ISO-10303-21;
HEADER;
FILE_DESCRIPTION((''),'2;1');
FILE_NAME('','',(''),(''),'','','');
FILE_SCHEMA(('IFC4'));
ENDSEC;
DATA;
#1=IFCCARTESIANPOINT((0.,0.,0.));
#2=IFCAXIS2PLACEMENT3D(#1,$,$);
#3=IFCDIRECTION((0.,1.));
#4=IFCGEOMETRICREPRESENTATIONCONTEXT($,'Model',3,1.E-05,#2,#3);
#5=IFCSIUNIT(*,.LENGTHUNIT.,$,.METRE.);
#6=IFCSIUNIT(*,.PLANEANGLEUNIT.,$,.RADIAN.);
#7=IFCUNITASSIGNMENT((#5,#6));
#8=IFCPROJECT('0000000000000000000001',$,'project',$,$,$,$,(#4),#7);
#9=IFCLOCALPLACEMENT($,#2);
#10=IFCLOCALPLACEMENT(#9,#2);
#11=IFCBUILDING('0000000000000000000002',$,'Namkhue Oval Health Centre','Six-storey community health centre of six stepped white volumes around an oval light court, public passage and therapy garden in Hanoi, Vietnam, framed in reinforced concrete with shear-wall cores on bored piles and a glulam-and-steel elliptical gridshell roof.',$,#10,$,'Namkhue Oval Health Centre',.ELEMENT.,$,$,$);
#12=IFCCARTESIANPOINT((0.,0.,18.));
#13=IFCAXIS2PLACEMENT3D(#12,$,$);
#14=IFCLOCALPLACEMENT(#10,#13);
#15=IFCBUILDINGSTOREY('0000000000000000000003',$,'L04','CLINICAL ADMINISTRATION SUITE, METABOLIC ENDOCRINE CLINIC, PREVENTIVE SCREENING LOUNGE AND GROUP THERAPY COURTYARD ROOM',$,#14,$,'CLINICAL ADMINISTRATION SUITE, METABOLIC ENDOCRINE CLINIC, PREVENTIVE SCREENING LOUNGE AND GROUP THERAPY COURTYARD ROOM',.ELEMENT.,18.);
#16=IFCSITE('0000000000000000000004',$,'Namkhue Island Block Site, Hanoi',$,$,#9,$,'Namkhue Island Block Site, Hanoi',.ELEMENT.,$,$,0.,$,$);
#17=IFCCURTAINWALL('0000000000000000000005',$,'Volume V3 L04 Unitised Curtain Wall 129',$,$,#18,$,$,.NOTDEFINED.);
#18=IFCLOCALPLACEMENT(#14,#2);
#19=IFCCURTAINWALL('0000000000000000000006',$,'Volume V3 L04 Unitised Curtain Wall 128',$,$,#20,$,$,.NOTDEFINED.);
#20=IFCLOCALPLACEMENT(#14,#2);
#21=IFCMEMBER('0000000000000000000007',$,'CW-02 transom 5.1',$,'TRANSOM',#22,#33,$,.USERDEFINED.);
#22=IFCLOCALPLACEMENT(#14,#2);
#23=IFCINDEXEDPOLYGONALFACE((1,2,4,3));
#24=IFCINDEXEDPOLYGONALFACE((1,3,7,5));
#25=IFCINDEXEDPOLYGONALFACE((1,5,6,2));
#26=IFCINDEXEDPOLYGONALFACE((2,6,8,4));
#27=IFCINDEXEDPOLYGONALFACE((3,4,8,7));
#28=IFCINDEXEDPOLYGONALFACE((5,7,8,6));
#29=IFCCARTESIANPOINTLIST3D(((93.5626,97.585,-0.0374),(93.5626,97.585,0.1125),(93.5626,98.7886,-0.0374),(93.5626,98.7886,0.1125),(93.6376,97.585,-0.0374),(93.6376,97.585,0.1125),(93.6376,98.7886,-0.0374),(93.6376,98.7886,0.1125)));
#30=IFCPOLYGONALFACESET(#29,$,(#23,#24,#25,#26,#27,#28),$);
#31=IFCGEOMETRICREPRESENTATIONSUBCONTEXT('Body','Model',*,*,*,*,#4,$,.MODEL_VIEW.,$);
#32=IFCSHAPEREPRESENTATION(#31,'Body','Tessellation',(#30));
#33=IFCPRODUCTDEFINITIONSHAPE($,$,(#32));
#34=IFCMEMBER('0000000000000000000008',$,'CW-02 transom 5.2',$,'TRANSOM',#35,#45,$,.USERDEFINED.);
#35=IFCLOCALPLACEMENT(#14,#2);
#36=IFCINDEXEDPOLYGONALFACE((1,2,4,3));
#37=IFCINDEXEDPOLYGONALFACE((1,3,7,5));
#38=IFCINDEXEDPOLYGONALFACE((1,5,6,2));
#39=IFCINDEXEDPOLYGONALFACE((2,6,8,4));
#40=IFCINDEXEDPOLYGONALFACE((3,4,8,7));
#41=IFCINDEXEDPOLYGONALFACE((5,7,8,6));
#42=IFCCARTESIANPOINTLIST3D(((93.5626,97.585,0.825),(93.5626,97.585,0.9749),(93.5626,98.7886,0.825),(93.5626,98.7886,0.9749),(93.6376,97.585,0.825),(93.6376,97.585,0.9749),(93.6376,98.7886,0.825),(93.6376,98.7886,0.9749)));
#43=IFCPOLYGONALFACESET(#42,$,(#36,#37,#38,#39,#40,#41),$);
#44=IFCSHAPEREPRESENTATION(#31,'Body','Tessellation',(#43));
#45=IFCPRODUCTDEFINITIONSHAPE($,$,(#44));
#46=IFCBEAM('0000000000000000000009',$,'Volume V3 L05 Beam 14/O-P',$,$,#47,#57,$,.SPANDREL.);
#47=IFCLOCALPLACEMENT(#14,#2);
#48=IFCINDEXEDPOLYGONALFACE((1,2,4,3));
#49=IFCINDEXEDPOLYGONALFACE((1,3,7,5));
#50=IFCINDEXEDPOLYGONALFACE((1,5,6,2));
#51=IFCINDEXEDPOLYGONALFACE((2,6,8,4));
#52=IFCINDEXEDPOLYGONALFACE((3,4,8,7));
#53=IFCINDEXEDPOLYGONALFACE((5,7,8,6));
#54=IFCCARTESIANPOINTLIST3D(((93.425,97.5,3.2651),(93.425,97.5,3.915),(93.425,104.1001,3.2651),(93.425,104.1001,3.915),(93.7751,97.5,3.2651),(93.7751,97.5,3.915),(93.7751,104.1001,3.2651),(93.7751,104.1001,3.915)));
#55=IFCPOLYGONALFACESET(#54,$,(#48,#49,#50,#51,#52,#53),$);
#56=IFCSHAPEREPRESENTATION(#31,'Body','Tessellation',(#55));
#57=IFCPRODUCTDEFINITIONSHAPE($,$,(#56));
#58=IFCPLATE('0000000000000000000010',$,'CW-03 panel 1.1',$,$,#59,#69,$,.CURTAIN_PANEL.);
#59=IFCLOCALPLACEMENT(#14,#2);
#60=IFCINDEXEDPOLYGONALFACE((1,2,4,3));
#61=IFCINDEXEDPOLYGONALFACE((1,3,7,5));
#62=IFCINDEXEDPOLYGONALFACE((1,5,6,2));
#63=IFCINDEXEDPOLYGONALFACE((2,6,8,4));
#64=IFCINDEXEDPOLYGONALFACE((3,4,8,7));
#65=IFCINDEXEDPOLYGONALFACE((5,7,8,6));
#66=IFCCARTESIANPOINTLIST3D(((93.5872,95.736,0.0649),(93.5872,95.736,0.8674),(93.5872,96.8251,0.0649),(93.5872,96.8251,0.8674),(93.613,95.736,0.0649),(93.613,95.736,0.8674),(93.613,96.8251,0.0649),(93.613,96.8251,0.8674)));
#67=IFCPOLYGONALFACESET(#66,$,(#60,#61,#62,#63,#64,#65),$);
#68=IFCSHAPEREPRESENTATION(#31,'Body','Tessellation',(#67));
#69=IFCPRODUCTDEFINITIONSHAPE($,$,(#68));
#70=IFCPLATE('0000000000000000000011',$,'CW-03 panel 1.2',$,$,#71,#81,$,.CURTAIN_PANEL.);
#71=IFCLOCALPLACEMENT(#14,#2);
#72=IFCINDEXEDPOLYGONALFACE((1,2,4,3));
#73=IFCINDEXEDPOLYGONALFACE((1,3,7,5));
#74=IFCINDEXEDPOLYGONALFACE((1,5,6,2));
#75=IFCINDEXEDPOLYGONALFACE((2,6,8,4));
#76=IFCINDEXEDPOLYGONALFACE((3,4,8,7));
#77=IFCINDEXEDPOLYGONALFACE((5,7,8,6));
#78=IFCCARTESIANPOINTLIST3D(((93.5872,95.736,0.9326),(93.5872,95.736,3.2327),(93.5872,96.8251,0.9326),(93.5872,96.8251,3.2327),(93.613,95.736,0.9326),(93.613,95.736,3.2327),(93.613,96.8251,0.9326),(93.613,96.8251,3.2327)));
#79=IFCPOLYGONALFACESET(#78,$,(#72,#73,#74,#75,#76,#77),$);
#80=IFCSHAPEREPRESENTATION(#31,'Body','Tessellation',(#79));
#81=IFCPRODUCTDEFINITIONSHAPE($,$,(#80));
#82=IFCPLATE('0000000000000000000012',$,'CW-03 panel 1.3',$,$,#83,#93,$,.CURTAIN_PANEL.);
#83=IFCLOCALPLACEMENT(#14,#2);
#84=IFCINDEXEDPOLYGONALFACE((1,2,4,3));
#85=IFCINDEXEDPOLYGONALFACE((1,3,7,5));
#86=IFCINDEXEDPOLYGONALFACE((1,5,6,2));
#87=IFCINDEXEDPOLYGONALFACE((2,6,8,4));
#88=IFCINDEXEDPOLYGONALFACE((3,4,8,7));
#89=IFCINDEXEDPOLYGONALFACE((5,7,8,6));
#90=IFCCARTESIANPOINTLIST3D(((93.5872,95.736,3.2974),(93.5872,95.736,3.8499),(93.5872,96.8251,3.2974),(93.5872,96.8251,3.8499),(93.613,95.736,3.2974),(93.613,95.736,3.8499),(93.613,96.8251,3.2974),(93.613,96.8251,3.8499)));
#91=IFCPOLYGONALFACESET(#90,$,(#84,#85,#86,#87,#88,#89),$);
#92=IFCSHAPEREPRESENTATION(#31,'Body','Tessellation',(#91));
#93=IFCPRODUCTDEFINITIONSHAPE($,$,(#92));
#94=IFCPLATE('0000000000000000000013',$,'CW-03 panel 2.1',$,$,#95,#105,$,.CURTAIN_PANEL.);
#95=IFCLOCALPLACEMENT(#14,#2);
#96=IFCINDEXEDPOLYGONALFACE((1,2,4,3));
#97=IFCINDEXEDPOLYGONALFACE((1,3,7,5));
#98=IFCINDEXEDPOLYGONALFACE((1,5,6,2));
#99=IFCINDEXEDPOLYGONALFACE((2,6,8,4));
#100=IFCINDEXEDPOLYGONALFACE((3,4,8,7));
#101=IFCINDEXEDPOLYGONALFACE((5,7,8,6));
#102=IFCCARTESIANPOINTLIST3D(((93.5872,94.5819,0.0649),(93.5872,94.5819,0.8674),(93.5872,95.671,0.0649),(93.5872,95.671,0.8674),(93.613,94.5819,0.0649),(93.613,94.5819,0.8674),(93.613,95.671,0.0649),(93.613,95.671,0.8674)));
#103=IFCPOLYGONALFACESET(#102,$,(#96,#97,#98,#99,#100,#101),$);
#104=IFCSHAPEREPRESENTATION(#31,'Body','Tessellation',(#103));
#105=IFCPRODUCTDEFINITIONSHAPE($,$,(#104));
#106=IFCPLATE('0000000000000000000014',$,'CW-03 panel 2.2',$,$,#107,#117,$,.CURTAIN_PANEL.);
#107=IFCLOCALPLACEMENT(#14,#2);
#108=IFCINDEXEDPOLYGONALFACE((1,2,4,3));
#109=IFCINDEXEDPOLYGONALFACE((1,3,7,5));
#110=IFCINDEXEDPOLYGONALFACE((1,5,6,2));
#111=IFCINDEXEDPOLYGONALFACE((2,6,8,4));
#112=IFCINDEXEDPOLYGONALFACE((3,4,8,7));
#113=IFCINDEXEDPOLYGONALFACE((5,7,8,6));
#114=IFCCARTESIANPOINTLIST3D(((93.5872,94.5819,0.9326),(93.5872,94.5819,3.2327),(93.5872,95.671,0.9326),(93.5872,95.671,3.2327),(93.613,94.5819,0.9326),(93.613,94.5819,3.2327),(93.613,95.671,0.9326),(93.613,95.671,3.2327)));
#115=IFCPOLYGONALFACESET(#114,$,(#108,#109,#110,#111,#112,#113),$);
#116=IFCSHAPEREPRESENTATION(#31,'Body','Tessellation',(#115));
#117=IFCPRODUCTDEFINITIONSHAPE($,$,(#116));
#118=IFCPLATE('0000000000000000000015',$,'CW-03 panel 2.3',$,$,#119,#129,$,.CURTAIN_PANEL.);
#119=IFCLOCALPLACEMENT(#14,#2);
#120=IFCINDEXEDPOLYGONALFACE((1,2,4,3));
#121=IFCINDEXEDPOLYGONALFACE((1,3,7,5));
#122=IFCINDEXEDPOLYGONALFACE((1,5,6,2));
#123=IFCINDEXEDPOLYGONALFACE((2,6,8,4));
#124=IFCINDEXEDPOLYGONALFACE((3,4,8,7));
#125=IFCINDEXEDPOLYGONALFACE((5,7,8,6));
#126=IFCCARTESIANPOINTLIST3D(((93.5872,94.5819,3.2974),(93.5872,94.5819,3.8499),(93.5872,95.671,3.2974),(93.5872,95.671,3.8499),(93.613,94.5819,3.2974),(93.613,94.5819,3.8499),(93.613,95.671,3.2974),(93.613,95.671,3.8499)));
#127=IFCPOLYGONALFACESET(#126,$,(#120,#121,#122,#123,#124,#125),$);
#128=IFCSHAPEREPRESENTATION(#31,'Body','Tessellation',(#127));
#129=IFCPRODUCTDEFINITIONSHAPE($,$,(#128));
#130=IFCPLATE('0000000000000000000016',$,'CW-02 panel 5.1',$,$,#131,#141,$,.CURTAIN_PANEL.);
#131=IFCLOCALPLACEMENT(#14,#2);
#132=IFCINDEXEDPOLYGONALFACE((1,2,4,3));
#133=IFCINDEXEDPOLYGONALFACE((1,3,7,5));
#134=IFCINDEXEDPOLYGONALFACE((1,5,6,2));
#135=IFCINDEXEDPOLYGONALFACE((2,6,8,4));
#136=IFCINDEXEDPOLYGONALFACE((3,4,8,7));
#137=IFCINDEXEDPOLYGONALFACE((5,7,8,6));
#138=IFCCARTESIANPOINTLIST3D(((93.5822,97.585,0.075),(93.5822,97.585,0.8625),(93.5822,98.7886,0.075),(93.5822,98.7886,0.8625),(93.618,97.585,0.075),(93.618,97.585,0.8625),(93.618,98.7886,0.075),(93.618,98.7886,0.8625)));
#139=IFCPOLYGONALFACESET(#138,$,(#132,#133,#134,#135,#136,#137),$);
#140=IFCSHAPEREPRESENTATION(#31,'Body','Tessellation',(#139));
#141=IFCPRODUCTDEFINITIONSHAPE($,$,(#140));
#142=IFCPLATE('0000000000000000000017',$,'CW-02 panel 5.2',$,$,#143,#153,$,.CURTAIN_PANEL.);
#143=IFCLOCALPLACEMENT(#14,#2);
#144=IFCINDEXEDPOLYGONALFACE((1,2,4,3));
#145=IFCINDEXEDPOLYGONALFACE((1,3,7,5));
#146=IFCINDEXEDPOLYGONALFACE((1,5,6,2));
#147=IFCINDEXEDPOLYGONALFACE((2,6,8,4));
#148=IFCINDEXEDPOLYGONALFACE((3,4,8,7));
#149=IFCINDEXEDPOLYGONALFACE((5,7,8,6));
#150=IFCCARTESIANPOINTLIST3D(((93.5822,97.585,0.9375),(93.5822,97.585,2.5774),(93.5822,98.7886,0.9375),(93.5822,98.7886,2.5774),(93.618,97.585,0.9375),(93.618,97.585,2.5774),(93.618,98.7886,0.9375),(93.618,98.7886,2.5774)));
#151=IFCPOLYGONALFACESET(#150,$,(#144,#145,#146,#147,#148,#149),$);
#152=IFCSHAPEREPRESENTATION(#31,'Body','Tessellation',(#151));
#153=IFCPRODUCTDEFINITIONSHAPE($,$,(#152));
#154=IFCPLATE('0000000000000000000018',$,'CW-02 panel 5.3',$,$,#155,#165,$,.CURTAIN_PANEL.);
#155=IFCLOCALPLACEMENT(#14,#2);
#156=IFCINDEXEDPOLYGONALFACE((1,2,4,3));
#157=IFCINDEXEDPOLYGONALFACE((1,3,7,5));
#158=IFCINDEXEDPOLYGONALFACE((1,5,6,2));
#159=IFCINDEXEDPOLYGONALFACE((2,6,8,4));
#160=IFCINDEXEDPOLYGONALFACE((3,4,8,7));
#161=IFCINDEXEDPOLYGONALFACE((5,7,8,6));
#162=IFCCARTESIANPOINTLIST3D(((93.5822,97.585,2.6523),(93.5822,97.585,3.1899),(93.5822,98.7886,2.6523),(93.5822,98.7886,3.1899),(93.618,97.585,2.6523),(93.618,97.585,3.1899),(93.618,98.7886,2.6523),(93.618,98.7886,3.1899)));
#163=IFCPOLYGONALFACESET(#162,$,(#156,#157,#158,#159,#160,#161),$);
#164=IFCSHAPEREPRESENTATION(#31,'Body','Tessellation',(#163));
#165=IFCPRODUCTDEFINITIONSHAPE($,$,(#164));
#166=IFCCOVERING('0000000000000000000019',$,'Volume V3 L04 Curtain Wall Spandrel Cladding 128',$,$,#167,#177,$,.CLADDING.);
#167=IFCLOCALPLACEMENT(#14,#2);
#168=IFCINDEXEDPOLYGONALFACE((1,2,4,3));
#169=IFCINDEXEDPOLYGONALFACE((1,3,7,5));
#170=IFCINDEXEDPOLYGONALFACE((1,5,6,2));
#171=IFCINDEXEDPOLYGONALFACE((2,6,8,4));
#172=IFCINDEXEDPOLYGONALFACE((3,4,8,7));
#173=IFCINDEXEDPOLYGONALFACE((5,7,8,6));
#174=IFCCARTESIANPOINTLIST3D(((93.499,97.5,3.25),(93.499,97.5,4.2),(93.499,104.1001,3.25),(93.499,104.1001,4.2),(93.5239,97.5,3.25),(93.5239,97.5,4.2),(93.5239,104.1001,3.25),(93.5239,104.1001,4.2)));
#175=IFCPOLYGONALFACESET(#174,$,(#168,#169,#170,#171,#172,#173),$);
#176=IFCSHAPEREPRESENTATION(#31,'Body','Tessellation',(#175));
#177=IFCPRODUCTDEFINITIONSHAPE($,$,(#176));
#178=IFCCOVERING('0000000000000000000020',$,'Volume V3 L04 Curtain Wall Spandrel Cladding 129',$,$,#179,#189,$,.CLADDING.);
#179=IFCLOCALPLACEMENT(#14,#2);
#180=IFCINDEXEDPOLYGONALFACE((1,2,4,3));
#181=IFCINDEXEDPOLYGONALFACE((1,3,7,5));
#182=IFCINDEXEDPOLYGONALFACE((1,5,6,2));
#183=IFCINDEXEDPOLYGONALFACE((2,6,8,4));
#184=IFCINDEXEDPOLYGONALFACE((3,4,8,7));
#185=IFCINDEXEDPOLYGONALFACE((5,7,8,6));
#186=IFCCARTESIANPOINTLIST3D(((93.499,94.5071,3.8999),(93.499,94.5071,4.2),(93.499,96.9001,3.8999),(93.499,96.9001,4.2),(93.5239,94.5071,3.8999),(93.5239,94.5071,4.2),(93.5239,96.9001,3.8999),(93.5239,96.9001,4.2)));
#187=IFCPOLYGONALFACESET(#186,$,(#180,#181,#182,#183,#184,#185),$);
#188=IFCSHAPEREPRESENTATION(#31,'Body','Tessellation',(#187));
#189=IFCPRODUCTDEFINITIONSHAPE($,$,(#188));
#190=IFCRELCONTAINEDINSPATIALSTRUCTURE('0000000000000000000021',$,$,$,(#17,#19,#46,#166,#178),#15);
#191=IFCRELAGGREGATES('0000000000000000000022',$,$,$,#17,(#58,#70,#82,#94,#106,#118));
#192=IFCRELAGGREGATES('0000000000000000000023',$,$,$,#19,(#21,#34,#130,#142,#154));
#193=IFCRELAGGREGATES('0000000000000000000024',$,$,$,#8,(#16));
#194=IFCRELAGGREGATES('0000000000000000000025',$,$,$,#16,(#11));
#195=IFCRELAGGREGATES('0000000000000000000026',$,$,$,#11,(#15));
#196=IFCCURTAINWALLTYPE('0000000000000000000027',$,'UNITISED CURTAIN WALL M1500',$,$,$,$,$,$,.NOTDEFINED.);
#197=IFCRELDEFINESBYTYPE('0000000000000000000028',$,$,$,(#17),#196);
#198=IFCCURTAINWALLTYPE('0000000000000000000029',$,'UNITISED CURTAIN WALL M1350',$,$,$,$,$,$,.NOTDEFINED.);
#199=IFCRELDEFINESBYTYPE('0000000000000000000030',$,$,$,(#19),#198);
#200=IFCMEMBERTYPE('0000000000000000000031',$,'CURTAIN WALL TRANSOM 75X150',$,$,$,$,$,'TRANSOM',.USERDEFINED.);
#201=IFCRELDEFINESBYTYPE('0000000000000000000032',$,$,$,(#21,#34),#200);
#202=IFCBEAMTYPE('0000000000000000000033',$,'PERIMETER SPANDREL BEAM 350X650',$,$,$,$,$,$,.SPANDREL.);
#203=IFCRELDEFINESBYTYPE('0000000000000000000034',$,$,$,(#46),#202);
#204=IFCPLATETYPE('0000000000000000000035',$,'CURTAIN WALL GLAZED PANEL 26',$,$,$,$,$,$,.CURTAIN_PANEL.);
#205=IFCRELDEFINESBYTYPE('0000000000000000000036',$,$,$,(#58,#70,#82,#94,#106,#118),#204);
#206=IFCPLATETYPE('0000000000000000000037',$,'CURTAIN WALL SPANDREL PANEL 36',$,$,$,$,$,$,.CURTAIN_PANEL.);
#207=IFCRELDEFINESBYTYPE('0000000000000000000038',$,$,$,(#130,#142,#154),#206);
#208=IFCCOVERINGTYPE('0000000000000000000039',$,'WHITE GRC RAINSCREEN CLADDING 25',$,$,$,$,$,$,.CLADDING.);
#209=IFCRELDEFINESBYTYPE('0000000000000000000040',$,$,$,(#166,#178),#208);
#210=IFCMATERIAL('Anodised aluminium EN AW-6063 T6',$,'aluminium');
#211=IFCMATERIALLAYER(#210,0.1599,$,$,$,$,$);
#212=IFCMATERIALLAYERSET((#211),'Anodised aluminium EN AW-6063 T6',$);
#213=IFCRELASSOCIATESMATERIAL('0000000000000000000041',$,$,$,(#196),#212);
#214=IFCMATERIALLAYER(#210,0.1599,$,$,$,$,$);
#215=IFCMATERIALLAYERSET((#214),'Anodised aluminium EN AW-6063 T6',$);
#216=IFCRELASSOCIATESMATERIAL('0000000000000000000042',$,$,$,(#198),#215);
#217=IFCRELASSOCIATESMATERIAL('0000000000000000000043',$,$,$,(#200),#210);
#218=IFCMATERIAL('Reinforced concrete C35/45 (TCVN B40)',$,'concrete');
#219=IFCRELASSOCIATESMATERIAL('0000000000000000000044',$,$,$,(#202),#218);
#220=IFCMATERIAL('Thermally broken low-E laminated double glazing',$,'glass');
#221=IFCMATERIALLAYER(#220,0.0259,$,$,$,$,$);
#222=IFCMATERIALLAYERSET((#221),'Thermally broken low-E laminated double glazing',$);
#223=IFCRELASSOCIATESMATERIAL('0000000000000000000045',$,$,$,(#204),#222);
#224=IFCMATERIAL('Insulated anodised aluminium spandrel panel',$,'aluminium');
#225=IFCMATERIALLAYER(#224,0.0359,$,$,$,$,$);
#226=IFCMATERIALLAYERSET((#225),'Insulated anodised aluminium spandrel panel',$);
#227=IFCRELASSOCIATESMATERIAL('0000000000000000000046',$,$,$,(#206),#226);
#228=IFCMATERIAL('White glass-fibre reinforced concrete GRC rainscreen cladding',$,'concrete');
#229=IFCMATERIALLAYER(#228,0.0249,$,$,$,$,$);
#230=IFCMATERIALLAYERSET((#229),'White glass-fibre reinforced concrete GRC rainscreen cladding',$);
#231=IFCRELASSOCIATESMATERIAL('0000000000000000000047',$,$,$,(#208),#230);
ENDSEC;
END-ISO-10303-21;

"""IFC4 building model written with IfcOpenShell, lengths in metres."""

from ifc_helpers import new_model, si_unit, direction, frame, origin, origin_2d, place, context, subcontext, project, spatial, rectangle, extrude, material, layer, layer_set, material_profile, profile_set, type_object, element, aggregate, save


model = new_model("IFC4")

# Units and contexts
model_context = context("Model", 3, precision=1e-05, world=origin(), true_north=direction((0.0, 1.0)))
body_context = subcontext(model_context, "Body", "Model", "MODEL_VIEW")
ifc_project = project(units=[si_unit("LENGTHUNIT", "METRE"), si_unit("PLANEANGLEUNIT", "RADIAN")], contexts=[model_context])

# Site, building, storey
site_placement = place(None, origin())
site = spatial("IfcSite", under=ifc_project, at=site_placement, Name="Namkhue Island Block Site, Hanoi", LongName="Namkhue Island Block Site, Hanoi", CompositionType="ELEMENT", RefElevation=0.0)
building_placement = place(site_placement, origin())
building = spatial("IfcBuilding", under=site, at=building_placement, Name="Namkhue Oval Health Centre", Description="Six-storey community health centre of six stepped white volumes around an oval light court, public passage and therapy garden in Hanoi, Vietnam, framed in reinforced concrete with shear-wall cores on bored piles and a glulam-and-steel elliptical gridshell roof.", LongName="Namkhue Oval Health Centre", CompositionType="ELEMENT")
storey_placement = place(building_placement, frame((0.0, 0.0, 18.0)))
storey = spatial("IfcBuildingStorey", under=building, at=storey_placement, Name="L04", Description="CLINICAL ADMINISTRATION SUITE, METABOLIC ENDOCRINE CLINIC, PREVENTIVE SCREENING LOUNGE AND GROUP THERAPY COURTYARD ROOM", LongName="CLINICAL ADMINISTRATION SUITE, METABOLIC ENDOCRINE CLINIC, PREVENTIVE SCREENING LOUNGE AND GROUP THERAPY COURTYARD ROOM", CompositionType="ELEMENT", Elevation=18.0)

# Shared definitions
ifc_material_1 = material(Name="Reinforced concrete C35/45 (TCVN B40)", Category="concrete")

# Curtain wall
ifc_material_2 = material(Name="Anodised aluminium EN AW-6063 T6", Category="aluminium")
ifc_layer_1 = layer(ifc_material_2, 0.1599)
ifc_layer_set_1 = layer_set([ifc_layer_1], Name="Anodised aluminium EN AW-6063 T6")
curtain_wall_type_1 = type_object("IfcCurtainWallType", Name="UNITISED CURTAIN WALL M1500", PredefinedType="NOTDEFINED", material=ifc_layer_set_1)
curtain_wall_1_placement = place(storey_placement, origin())
curtain_wall_1 = element("IfcCurtainWall", 1, at=curtain_wall_1_placement, inside=storey, type_object=curtain_wall_type_1, Name="Volume V3 L04 Unitised Curtain Wall 129", PredefinedType="NOTDEFINED")

# Curtain wall
ifc_layer_2 = layer(ifc_material_2, 0.1599)
ifc_layer_set_2 = layer_set([ifc_layer_2], Name="Anodised aluminium EN AW-6063 T6")
curtain_wall_type_2 = type_object("IfcCurtainWallType", Name="UNITISED CURTAIN WALL M1350", PredefinedType="NOTDEFINED", material=ifc_layer_set_2)
curtain_wall_2_placement = place(storey_placement, origin())
curtain_wall_2 = element("IfcCurtainWall", 2, at=curtain_wall_2_placement, inside=storey, type_object=curtain_wall_type_2, Name="Volume V3 L04 Unitised Curtain Wall 128", PredefinedType="NOTDEFINED")

# Members
ifc_material_profile_1 = material_profile(ifc_material_2, rectangle(XDim=0.075, YDim=0.1499, at=origin_2d()), Name="ALU 75x150")
ifc_profile_set_1 = profile_set([ifc_material_profile_1], Name="Anodised aluminium EN AW-6063 T6")
member_type_1 = type_object("IfcMemberType", Name="CURTAIN WALL TRANSOM 75X150", ElementType="TRANSOM", PredefinedType="USERDEFINED", material=ifc_profile_set_1)
member_1_placement = place(storey_placement, frame((93.6001, 98.7886, 0.0376), z_axis=(0.0, -1.0, 0.0), x_axis=(1.0, 0.0, 0.0)))
member_1 = element("IfcMember", 3, at=member_1_placement, type_object=member_type_1, Name="CW-02 transom 5.1", ObjectType="TRANSOM", PredefinedType="USERDEFINED", context=body_context, shape_type="SweptSolid", body=[
    extrude(rectangle(XDim=0.075, YDim=0.1499, at=origin_2d()), origin(), (0.0, 0.0, 1.0), 1.2036),
])
member_2_placement = place(storey_placement, frame((93.6001, 98.7886, 0.8999), z_axis=(0.0, -1.0, 0.0), x_axis=(1.0, 0.0, 0.0)))
member_2 = element("IfcMember", 4, at=member_2_placement, type_object=member_type_1, Name="CW-02 transom 5.2", ObjectType="TRANSOM", PredefinedType="USERDEFINED", context=body_context, shape_type="SweptSolid", body=[
    extrude(rectangle(XDim=0.075, YDim=0.1499, at=origin_2d()), origin(), (0.0, 0.0, 1.0), 1.2036),
])

# Beam
ifc_material_profile_2 = material_profile(ifc_material_1, rectangle(XDim=0.3501, YDim=0.6499, at=origin_2d()), Name="RC 350x650")
ifc_profile_set_2 = profile_set([ifc_material_profile_2], Name="Reinforced concrete C35/45 (TCVN B40)")
beam_type = type_object("IfcBeamType", Name="PERIMETER SPANDREL BEAM 350X650", PredefinedType="SPANDREL", material=ifc_profile_set_2)
beam_placement = place(storey_placement, frame((93.6001, 97.5, 3.5901), z_axis=(0.0, 1.0, 0.0), x_axis=(-1.0, 0.0, 0.0)))
element("IfcBeam", 5, at=beam_placement, inside=storey, type_object=beam_type, Name="Volume V3 L05 Beam 14/O-P", PredefinedType="SPANDREL", context=body_context, shape_type="SweptSolid", body=[
    extrude(rectangle(XDim=0.3501, YDim=0.6499, at=origin_2d()), origin(), (0.0, 0.0, 1.0), 6.6001),
])

# Plates
ifc_material_3 = material(Name="Thermally broken low-E laminated double glazing", Category="glass")
ifc_layer_3 = layer(ifc_material_3, 0.0259)
ifc_layer_set_3 = layer_set([ifc_layer_3], Name="Thermally broken low-E laminated double glazing")
plate_type_1 = type_object("IfcPlateType", Name="CURTAIN WALL GLAZED PANEL 26", PredefinedType="CURTAIN_PANEL", material=ifc_layer_set_3)
plate_1_placement = place(storey_placement, frame((93.6001, 96.2805, 0.0649), z_axis=(0.0, 0.0, 1.0), x_axis=(0.0, -1.0, 0.0)))
plate_1 = element("IfcPlate", 6, at=plate_1_placement, type_object=plate_type_1, Name="CW-03 panel 1.1", PredefinedType="CURTAIN_PANEL", context=body_context, shape_type="SweptSolid", body=[
    extrude(rectangle(XDim=1.0891, YDim=0.0259, at=origin_2d()), origin(), (0.0, 0.0, 1.0), 0.8025),
])
plate_2_placement = place(storey_placement, frame((93.6001, 96.2805, 0.9326), z_axis=(0.0, 0.0, 1.0), x_axis=(0.0, -1.0, 0.0)))
plate_2 = element("IfcPlate", 7, at=plate_2_placement, type_object=plate_type_1, Name="CW-03 panel 1.2", PredefinedType="CURTAIN_PANEL", context=body_context, shape_type="SweptSolid", body=[
    extrude(rectangle(XDim=1.0891, YDim=0.0259, at=origin_2d()), origin(), (0.0, 0.0, 1.0), 2.3),
])
plate_3_placement = place(storey_placement, frame((93.6001, 96.2805, 3.2974), z_axis=(0.0, 0.0, 1.0), x_axis=(0.0, -1.0, 0.0)))
plate_3 = element("IfcPlate", 8, at=plate_3_placement, type_object=plate_type_1, Name="CW-03 panel 1.3", PredefinedType="CURTAIN_PANEL", context=body_context, shape_type="SweptSolid", body=[
    extrude(rectangle(XDim=1.0891, YDim=0.0259, at=origin_2d()), origin(), (0.0, 0.0, 1.0), 0.5525),
])
plate_4_placement = place(storey_placement, frame((93.6001, 95.1265, 0.0649), z_axis=(0.0, 0.0, 1.0), x_axis=(0.0, -1.0, 0.0)))
plate_4 = element("IfcPlate", 9, at=plate_4_placement, type_object=plate_type_1, Name="CW-03 panel 2.1", PredefinedType="CURTAIN_PANEL", context=body_context, shape_type="SweptSolid", body=[
    extrude(rectangle(XDim=1.0891, YDim=0.0259, at=origin_2d()), origin(), (0.0, 0.0, 1.0), 0.8025),
])
plate_5_placement = place(storey_placement, frame((93.6001, 95.1265, 0.9326), z_axis=(0.0, 0.0, 1.0), x_axis=(0.0, -1.0, 0.0)))
plate_5 = element("IfcPlate", 10, at=plate_5_placement, type_object=plate_type_1, Name="CW-03 panel 2.2", PredefinedType="CURTAIN_PANEL", context=body_context, shape_type="SweptSolid", body=[
    extrude(rectangle(XDim=1.0891, YDim=0.0259, at=origin_2d()), origin(), (0.0, 0.0, 1.0), 2.3),
])
plate_6_placement = place(storey_placement, frame((93.6001, 95.1265, 3.2974), z_axis=(0.0, 0.0, 1.0), x_axis=(0.0, -1.0, 0.0)))
plate_6 = element("IfcPlate", 11, at=plate_6_placement, type_object=plate_type_1, Name="CW-03 panel 2.3", PredefinedType="CURTAIN_PANEL", context=body_context, shape_type="SweptSolid", body=[
    extrude(rectangle(XDim=1.0891, YDim=0.0259, at=origin_2d()), origin(), (0.0, 0.0, 1.0), 0.5525),
])
aggregate(curtain_wall_1, [plate_1, plate_2, plate_3, plate_4, plate_5, plate_6])
ifc_material_4 = material(Name="Insulated anodised aluminium spandrel panel", Category="aluminium")
ifc_layer_4 = layer(ifc_material_4, 0.0359)
ifc_layer_set_4 = layer_set([ifc_layer_4], Name="Insulated anodised aluminium spandrel panel")
plate_type_2 = type_object("IfcPlateType", Name="CURTAIN WALL SPANDREL PANEL 36", PredefinedType="CURTAIN_PANEL", material=ifc_layer_set_4)
plate_7_placement = place(storey_placement, frame((93.6001, 98.1868, 0.075), z_axis=(0.0, 0.0, 1.0), x_axis=(0.0, -1.0, 0.0)))
plate_7 = element("IfcPlate", 12, at=plate_7_placement, type_object=plate_type_2, Name="CW-02 panel 5.1", PredefinedType="CURTAIN_PANEL", context=body_context, shape_type="SweptSolid", body=[
    extrude(rectangle(XDim=1.2036, YDim=0.0359, at=origin_2d()), origin(), (0.0, 0.0, 1.0), 0.7876),
])
plate_8_placement = place(storey_placement, frame((93.6001, 98.1868, 0.9375), z_axis=(0.0, 0.0, 1.0), x_axis=(0.0, -1.0, 0.0)))
plate_8 = element("IfcPlate", 13, at=plate_8_placement, type_object=plate_type_2, Name="CW-02 panel 5.2", PredefinedType="CURTAIN_PANEL", context=body_context, shape_type="SweptSolid", body=[
    extrude(rectangle(XDim=1.2036, YDim=0.0359, at=origin_2d()), origin(), (0.0, 0.0, 1.0), 1.6399),
])
plate_9_placement = place(storey_placement, frame((93.6001, 98.1868, 2.6523), z_axis=(0.0, 0.0, 1.0), x_axis=(0.0, -1.0, 0.0)))
plate_9 = element("IfcPlate", 14, at=plate_9_placement, type_object=plate_type_2, Name="CW-02 panel 5.3", PredefinedType="CURTAIN_PANEL", context=body_context, shape_type="SweptSolid", body=[
    extrude(rectangle(XDim=1.2036, YDim=0.0359, at=origin_2d()), origin(), (0.0, 0.0, 1.0), 0.5376),
])
aggregate(curtain_wall_2, [member_1, member_2, plate_7, plate_8, plate_9])

# Coverings
ifc_material_5 = material(Name="White glass-fibre reinforced concrete GRC rainscreen cladding", Category="concrete")
ifc_layer_5 = layer(ifc_material_5, 0.0249)
ifc_layer_set_5 = layer_set([ifc_layer_5], Name="White glass-fibre reinforced concrete GRC rainscreen cladding")
covering_type = type_object("IfcCoveringType", Name="WHITE GRC RAINSCREEN CLADDING 25", PredefinedType="CLADDING", material=ifc_layer_set_5)
covering_1_placement = place(storey_placement, frame((93.5115, 100.8, 3.25), z_axis=(0.0, 0.0, 1.0), x_axis=(0.0, -1.0, 0.0)))
element("IfcCovering", 15, at=covering_1_placement, inside=storey, type_object=covering_type, Name="Volume V3 L04 Curtain Wall Spandrel Cladding 128", PredefinedType="CLADDING", context=body_context, shape_type="SweptSolid", body=[
    extrude(rectangle(XDim=6.6001, YDim=0.0249, at=origin_2d()), origin(), (0.0, 0.0, 1.0), 0.95),
])
covering_2_placement = place(storey_placement, frame((93.5115, 95.7036, 3.8999), z_axis=(0.0, 0.0, 1.0), x_axis=(0.0, -1.0, 0.0)))
element("IfcCovering", 16, at=covering_2_placement, inside=storey, type_object=covering_type, Name="Volume V3 L04 Curtain Wall Spandrel Cladding 129", PredefinedType="CLADDING", context=body_context, shape_type="SweptSolid", body=[
    extrude(rectangle(XDim=2.3931, YDim=0.0249, at=origin_2d()), origin(), (0.0, 0.0, 1.0), 0.3),
])

save(model, "model.ifc")
